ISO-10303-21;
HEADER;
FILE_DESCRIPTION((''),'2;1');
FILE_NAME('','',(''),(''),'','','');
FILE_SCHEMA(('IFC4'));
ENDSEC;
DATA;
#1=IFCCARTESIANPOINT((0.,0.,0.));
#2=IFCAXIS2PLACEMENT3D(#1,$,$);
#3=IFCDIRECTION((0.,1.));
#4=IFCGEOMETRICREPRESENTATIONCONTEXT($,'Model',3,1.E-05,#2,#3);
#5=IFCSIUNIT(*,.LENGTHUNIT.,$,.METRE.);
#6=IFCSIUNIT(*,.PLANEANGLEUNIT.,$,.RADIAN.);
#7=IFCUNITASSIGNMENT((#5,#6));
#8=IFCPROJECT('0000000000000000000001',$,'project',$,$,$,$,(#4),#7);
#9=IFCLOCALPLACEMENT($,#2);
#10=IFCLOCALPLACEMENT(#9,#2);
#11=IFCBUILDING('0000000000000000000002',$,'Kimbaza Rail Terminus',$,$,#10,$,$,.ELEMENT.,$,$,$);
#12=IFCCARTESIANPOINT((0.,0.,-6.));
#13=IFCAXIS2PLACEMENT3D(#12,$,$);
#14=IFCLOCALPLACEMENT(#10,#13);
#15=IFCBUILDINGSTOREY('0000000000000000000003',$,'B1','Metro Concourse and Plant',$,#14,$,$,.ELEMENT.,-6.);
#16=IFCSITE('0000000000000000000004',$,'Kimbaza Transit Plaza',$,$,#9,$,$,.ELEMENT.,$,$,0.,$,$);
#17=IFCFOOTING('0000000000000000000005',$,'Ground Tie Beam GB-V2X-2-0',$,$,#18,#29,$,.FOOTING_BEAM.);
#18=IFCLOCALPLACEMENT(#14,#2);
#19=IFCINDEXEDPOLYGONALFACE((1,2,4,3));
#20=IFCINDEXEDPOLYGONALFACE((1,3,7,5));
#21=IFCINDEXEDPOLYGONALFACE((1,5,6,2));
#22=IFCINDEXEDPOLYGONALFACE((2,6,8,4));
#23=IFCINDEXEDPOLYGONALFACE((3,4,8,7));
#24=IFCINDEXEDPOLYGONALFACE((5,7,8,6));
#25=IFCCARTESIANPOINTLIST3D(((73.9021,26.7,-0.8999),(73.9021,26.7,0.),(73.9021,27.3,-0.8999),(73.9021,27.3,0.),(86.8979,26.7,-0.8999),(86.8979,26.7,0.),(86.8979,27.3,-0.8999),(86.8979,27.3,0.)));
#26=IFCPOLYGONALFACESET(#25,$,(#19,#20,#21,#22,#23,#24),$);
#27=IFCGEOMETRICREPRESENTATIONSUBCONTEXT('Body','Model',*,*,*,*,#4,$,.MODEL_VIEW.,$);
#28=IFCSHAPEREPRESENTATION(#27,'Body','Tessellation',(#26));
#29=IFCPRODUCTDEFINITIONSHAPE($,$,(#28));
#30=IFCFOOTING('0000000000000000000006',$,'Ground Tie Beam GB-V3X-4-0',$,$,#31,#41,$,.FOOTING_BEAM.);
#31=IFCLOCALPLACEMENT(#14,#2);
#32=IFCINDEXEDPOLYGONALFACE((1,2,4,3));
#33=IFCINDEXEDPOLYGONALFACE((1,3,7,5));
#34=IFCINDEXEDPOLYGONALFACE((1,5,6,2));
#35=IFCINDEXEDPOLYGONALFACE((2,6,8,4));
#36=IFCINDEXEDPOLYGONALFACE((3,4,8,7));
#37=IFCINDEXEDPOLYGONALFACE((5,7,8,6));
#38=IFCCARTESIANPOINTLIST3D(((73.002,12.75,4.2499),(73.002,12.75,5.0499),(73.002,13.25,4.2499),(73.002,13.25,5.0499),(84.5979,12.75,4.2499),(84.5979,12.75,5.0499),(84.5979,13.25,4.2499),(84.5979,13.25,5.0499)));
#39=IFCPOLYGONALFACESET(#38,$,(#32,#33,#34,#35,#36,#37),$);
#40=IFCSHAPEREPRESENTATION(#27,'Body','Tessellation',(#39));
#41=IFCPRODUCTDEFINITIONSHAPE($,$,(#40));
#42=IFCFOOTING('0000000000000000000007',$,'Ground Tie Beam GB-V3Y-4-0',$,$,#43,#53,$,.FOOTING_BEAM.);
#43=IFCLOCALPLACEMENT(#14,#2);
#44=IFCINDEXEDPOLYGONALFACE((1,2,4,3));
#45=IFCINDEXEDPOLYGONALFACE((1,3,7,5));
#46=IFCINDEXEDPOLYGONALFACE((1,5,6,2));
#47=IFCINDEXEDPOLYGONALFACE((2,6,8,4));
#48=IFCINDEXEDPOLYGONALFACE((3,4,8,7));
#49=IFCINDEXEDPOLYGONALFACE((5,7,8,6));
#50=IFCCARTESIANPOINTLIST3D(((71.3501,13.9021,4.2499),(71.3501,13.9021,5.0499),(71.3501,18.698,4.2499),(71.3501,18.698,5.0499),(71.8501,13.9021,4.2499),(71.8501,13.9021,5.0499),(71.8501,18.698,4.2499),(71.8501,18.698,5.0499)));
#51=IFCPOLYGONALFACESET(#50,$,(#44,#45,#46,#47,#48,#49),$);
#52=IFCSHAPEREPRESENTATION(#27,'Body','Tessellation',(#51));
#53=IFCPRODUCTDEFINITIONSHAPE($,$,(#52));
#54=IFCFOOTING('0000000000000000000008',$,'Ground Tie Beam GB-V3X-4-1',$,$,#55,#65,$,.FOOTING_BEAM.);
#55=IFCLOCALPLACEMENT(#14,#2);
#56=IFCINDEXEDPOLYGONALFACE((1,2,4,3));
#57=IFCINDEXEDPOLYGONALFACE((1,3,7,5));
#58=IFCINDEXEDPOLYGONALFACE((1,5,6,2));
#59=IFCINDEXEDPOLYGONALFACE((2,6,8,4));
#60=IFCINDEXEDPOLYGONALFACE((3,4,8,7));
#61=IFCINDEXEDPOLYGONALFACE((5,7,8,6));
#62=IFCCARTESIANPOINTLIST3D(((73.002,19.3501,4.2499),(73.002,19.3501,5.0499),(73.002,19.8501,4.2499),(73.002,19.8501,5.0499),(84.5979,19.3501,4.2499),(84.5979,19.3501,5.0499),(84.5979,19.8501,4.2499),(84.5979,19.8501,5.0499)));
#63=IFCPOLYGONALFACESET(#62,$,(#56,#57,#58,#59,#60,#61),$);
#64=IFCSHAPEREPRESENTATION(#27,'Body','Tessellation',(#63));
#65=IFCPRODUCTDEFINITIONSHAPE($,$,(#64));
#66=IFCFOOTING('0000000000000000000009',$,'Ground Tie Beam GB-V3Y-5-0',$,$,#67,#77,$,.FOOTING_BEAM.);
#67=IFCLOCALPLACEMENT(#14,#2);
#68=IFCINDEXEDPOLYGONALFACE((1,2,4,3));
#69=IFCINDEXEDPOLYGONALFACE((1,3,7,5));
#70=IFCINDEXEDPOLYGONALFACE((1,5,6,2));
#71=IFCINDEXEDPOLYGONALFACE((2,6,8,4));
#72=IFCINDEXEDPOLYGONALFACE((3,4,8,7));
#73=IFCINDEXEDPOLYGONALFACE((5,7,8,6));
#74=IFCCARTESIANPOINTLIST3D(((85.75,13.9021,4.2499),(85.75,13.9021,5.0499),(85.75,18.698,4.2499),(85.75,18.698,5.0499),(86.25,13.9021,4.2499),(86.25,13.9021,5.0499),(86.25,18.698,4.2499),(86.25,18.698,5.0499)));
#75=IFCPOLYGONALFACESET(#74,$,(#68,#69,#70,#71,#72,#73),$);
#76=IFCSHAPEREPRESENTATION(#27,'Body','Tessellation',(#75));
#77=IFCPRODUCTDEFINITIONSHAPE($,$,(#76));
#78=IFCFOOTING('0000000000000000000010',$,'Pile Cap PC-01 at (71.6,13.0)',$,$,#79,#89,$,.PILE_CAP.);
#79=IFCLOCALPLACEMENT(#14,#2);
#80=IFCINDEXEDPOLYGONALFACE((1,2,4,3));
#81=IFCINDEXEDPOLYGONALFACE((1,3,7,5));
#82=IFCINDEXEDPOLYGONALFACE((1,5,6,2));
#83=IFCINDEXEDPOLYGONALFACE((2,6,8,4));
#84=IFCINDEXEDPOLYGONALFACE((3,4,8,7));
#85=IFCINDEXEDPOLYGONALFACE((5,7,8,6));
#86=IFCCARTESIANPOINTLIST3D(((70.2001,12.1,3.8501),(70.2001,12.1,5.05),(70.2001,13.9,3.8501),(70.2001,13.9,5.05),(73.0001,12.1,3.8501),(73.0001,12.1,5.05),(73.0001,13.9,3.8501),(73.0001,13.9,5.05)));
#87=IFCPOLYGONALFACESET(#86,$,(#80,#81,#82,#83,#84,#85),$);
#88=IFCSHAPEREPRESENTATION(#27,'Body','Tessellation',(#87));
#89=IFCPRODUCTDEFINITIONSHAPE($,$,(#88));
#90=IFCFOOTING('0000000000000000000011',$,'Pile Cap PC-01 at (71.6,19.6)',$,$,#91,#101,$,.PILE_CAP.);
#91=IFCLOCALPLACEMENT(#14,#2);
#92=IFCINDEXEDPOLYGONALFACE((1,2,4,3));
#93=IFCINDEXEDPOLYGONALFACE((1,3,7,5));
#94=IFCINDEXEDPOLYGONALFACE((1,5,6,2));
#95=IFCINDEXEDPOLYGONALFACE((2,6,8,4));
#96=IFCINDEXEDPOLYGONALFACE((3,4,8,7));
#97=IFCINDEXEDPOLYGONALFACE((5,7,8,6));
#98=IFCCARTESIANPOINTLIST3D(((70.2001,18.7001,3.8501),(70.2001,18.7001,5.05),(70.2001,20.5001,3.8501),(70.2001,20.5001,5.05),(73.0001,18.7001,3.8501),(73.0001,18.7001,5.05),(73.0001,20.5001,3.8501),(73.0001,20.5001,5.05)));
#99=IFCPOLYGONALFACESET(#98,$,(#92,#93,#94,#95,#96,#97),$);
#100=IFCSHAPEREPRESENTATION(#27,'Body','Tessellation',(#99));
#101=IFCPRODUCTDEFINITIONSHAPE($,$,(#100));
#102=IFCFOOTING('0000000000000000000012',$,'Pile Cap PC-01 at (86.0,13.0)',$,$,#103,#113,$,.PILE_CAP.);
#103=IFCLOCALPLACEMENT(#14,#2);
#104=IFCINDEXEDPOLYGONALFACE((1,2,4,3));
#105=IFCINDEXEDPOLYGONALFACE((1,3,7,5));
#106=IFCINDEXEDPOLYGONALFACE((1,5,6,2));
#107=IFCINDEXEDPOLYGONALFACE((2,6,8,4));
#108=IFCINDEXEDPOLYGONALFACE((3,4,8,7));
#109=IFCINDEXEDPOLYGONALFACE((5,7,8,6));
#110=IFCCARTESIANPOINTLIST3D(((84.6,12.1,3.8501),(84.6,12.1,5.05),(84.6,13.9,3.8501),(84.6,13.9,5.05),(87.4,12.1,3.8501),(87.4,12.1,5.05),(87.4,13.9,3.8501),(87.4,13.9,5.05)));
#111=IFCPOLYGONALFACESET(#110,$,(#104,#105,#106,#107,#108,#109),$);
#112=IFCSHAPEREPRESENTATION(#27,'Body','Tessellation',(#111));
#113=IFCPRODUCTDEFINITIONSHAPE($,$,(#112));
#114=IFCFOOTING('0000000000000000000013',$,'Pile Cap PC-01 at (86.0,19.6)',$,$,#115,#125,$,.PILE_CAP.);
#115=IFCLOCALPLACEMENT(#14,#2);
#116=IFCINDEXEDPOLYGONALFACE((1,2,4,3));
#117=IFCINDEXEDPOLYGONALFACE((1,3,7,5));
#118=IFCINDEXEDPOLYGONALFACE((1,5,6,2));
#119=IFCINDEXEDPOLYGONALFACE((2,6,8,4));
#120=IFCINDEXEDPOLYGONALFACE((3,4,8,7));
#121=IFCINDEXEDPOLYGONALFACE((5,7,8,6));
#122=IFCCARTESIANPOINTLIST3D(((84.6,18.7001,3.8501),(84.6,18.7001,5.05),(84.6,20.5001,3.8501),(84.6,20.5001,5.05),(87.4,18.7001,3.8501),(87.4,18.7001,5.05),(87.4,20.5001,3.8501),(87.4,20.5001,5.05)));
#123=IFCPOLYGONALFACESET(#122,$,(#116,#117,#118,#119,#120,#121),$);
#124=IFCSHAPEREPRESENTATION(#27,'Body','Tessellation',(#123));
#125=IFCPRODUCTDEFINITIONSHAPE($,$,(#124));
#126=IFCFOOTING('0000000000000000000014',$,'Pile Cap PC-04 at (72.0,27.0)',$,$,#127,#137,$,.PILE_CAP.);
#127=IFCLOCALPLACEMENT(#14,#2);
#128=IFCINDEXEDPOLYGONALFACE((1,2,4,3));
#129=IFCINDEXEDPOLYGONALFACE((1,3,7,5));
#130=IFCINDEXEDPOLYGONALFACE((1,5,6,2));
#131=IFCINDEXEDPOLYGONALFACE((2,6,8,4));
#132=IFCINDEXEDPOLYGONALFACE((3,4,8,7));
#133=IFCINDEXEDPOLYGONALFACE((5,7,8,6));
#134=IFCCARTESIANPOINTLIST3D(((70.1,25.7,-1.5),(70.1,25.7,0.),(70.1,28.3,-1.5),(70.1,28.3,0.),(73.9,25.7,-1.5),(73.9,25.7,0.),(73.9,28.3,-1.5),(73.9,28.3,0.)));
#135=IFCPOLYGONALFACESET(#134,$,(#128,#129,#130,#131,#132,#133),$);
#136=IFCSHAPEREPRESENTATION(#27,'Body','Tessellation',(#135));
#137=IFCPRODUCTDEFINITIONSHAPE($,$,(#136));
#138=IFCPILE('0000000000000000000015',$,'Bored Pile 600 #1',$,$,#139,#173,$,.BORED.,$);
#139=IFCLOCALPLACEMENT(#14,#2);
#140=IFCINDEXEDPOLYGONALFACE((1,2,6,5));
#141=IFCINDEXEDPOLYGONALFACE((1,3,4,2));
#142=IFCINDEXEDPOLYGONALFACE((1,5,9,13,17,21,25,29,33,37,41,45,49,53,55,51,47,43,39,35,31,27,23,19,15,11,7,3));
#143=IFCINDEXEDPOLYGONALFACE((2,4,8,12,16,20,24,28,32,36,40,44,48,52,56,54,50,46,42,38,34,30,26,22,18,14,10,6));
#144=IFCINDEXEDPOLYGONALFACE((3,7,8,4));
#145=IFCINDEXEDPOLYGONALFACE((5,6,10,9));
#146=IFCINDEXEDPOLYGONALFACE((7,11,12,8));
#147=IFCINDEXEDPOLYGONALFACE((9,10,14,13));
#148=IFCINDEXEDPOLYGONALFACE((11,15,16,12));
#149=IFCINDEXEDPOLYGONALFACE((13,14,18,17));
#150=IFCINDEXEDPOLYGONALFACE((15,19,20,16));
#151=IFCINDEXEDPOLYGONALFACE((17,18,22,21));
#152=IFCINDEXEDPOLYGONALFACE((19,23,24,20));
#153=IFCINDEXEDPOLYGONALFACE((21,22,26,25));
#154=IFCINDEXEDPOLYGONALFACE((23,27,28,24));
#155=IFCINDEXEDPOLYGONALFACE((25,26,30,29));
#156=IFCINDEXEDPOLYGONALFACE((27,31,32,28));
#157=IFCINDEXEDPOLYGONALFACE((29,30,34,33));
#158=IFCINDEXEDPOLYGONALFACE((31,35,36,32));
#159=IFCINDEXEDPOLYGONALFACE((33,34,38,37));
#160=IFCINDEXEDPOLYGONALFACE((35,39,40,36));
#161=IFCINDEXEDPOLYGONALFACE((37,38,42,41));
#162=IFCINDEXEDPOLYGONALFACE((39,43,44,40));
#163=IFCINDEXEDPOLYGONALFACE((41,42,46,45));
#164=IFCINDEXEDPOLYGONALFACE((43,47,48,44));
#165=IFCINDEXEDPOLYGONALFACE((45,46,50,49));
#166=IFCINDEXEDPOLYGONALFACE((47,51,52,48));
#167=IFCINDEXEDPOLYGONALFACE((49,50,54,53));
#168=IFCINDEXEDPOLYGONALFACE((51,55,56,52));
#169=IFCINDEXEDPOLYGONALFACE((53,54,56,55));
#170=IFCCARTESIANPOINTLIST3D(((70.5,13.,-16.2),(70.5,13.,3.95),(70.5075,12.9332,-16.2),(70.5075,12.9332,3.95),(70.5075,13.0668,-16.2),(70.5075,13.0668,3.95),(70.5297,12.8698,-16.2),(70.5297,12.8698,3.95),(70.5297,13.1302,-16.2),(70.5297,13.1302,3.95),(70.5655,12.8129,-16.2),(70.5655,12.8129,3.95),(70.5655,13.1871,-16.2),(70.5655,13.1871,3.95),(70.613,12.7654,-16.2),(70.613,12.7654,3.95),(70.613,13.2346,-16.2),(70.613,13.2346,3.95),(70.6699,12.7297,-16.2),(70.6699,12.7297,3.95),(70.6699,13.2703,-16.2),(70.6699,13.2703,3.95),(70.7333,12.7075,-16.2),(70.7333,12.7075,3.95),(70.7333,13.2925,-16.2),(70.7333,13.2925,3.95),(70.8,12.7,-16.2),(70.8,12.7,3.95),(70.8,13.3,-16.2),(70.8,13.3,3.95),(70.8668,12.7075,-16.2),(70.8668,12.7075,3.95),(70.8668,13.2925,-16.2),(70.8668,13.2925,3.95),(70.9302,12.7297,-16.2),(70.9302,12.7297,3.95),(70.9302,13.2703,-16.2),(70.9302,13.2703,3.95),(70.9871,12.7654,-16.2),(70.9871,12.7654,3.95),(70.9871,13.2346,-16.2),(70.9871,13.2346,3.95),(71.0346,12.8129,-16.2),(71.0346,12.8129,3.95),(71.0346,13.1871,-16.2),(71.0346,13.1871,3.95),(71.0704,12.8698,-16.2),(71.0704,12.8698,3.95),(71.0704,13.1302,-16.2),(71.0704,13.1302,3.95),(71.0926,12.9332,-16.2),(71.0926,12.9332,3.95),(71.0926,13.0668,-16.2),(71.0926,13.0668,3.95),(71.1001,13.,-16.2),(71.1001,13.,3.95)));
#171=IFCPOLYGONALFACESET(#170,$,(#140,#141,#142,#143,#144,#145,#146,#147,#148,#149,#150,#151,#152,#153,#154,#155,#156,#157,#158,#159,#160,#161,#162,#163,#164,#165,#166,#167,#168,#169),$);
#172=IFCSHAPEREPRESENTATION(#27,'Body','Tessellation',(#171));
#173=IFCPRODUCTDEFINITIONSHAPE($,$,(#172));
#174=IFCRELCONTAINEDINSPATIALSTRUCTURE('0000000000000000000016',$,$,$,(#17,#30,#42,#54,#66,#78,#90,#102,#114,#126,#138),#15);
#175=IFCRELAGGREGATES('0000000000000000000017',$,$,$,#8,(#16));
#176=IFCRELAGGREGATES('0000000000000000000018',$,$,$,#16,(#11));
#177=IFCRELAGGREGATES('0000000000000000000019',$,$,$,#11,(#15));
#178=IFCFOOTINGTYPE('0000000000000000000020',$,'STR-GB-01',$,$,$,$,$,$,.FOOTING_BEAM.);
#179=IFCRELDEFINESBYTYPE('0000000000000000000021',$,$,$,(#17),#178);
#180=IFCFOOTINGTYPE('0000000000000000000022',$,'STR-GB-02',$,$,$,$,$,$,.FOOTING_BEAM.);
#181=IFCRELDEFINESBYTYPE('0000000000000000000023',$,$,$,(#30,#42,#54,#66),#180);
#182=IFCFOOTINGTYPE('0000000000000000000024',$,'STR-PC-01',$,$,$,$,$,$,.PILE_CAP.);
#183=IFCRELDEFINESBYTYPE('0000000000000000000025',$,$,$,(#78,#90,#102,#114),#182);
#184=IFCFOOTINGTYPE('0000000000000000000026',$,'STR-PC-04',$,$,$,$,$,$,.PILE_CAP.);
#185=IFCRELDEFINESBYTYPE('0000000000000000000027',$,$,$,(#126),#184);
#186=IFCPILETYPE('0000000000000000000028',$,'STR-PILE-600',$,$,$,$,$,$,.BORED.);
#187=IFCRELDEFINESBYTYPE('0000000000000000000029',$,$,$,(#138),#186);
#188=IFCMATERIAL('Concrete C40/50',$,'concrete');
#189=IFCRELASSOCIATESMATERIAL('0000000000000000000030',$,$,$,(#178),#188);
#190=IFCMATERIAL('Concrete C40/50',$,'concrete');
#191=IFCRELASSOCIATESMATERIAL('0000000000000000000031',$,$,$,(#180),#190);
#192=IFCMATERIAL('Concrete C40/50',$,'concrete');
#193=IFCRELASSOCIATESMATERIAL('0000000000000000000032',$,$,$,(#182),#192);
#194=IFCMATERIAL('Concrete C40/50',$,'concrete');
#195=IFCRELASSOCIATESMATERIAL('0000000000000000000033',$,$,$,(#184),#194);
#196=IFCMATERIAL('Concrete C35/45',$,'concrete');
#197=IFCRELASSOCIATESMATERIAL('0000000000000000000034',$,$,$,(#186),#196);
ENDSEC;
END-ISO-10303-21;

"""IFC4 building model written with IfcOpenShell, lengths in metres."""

from ifc_helpers import new_model, si_unit, direction, frame, origin, origin_2d, place, context, subcontext, project, spatial, rectangle, circle, extrude, material, material_profile, profile_set, type_object, element, save


model = new_model("IFC4")

# Units and contexts
model_context = context("Model", 3, precision=1e-05, world=origin(), true_north=direction((0.0, 1.0)))
body_context = subcontext(model_context, "Body", "Model", "MODEL_VIEW")
ifc_project = project(units=[si_unit("LENGTHUNIT", "METRE"), si_unit("PLANEANGLEUNIT", "RADIAN")], contexts=[model_context])

# Site, building, storey
site_placement = place(None, origin())
site = spatial("IfcSite", under=ifc_project, at=site_placement, Name="Kimbaza Transit Plaza", CompositionType="ELEMENT", RefElevation=0.0)
building_placement = place(site_placement, origin())
building = spatial("IfcBuilding", under=site, at=building_placement, Name="Kimbaza Rail Terminus", CompositionType="ELEMENT")
storey_placement = place(building_placement, frame((0.0, 0.0, -6.0)))
storey = spatial("IfcBuildingStorey", under=building, at=storey_placement, Name="B1", Description="Metro Concourse and Plant", CompositionType="ELEMENT", Elevation=-6.0)

# Footings
ifc_material_1 = material(Name="Concrete C40/50", Category="concrete")
ifc_material_profile_1 = material_profile(ifc_material_1, rectangle(XDim=0.6001, YDim=0.8999, at=origin_2d()), Name="GB-01 600x900")
ifc_profile_set_1 = profile_set([ifc_material_profile_1], Name="Concrete C40/50")
footing_type_1 = type_object("IfcFootingType", Name="STR-GB-01", PredefinedType="FOOTING_BEAM", material=ifc_profile_set_1)
footing_1_placement = place(storey_placement, frame((73.9021, 27.0, -0.45), z_axis=(1.0, 0.0, 0.0), x_axis=(0.0, 1.0, 0.0)))
element("IfcFooting", 1, at=footing_1_placement, inside=storey, type_object=footing_type_1, Name="Ground Tie Beam GB-V2X-2-0", PredefinedType="FOOTING_BEAM", context=body_context, shape_type="SweptSolid", body=[
    extrude(rectangle(XDim=0.6001, YDim=0.8999, at=origin_2d()), origin(), (0.0, 0.0, 1.0), 12.9958),
])
ifc_material_2 = material(Name="Concrete C40/50", Category="concrete")
ifc_material_profile_2 = material_profile(ifc_material_2, rectangle(XDim=0.5, YDim=0.8, at=origin_2d()), Name="GB-02 500x800")
ifc_profile_set_2 = profile_set([ifc_material_profile_2], Name="Concrete C40/50")
footing_type_2 = type_object("IfcFootingType", Name="STR-GB-02", PredefinedType="FOOTING_BEAM", material=ifc_profile_set_2)
footing_2_placement = place(storey_placement, frame((73.002, 13.0, 4.6499), z_axis=(1.0, 0.0, 0.0), x_axis=(0.0, 1.0, 0.0)))
element("IfcFooting", 2, at=footing_2_placement, inside=storey, type_object=footing_type_2, Name="Ground Tie Beam GB-V3X-4-0", PredefinedType="FOOTING_BEAM", context=body_context, shape_type="SweptSolid", body=[
    extrude(rectangle(XDim=0.5, YDim=0.8, at=origin_2d()), origin(), (0.0, 0.0, 1.0), 11.5959),
])
footing_3_placement = place(storey_placement, frame((71.6001, 13.9021, 4.6499), z_axis=(0.0, 1.0, 0.0), x_axis=(-1.0, 0.0, 0.0)))
element("IfcFooting", 3, at=footing_3_placement, inside=storey, type_object=footing_type_2, Name="Ground Tie Beam GB-V3Y-4-0", PredefinedType="FOOTING_BEAM", context=body_context, shape_type="SweptSolid", body=[
    extrude(rectangle(XDim=0.5, YDim=0.8, at=origin_2d()), origin(), (0.0, 0.0, 1.0), 4.7959),
])
footing_4_placement = place(storey_placement, frame((73.002, 19.6001, 4.6499), z_axis=(1.0, 0.0, 0.0), x_axis=(0.0, 1.0, 0.0)))
element("IfcFooting", 4, at=footing_4_placement, inside=storey, type_object=footing_type_2, Name="Ground Tie Beam GB-V3X-4-1", PredefinedType="FOOTING_BEAM", context=body_context, shape_type="SweptSolid", body=[
    extrude(rectangle(XDim=0.5, YDim=0.8, at=origin_2d()), origin(), (0.0, 0.0, 1.0), 11.5959),
])
footing_5_placement = place(storey_placement, frame((86.0, 13.9021, 4.6499), z_axis=(0.0, 1.0, 0.0), x_axis=(-1.0, 0.0, 0.0)))
element("IfcFooting", 5, at=footing_5_placement, inside=storey, type_object=footing_type_2, Name="Ground Tie Beam GB-V3Y-5-0", PredefinedType="FOOTING_BEAM", context=body_context, shape_type="SweptSolid", body=[
    extrude(rectangle(XDim=0.5, YDim=0.8, at=origin_2d()), origin(), (0.0, 0.0, 1.0), 4.7959),
])
ifc_material_3 = material(Name="Concrete C40/50", Category="concrete")
footing_type_3 = type_object("IfcFootingType", Name="STR-PC-01", PredefinedType="PILE_CAP", material=ifc_material_3)
for number, where, z_axis, x_axis, name in (
    (6, (71.6001, 13.0, 3.8501), (0.0, 0.0, 1.0), (1.0, 0.0, 0.0), "Pile Cap PC-01 at (71.6,13.0)"),
    (7, (71.6001, 19.6001, 3.8501), (0.0, 0.0, 1.0), (1.0, 0.0, 0.0), "Pile Cap PC-01 at (71.6,19.6)"),
    (8, (86.0, 13.0, 3.8501), (0.0, 0.0, 1.0), (1.0, 0.0, 0.0), "Pile Cap PC-01 at (86.0,13.0)"),
    (9, (86.0, 19.6001, 3.8501), (0.0, 0.0, 1.0), (1.0, 0.0, 0.0), "Pile Cap PC-01 at (86.0,19.6)"),
):
    element("IfcFooting", number, at=place(storey_placement, frame(where, z_axis=z_axis, x_axis=x_axis)), inside=storey, type_object=footing_type_3, Name=name, PredefinedType="PILE_CAP", context=body_context, shape_type="SweptSolid", body=[
        extrude(rectangle(XDim=2.8, YDim=1.8, at=origin_2d()), origin(), (0.0, 0.0, 1.0), 1.2),
    ])
ifc_material_4 = material(Name="Concrete C40/50", Category="concrete")
footing_type_4 = type_object("IfcFootingType", Name="STR-PC-04", PredefinedType="PILE_CAP", material=ifc_material_4)
footing_6_placement = place(storey_placement, frame((72.0, 27.0, -1.5), z_axis=(0.0, 0.0, 1.0), x_axis=(1.0, 0.0, 0.0)))
element("IfcFooting", 10, at=footing_6_placement, inside=storey, type_object=footing_type_4, Name="Pile Cap PC-04 at (72.0,27.0)", PredefinedType="PILE_CAP", context=body_context, shape_type="SweptSolid", body=[
    extrude(rectangle(XDim=3.8, YDim=2.6001, at=origin_2d()), origin(), (0.0, 0.0, 1.0), 1.5),
])

# Pile
ifc_material_5 = material(Name="Concrete C35/45", Category="concrete")
ifc_material_profile_3 = material_profile(ifc_material_5, circle(Radius=0.3, at=origin_2d()), Name="BORED PILE 600")
ifc_profile_set_3 = profile_set([ifc_material_profile_3], Name="Concrete C35/45")
pile_type_1 = type_object("IfcPileType", Name="STR-PILE-600", PredefinedType="BORED", material=ifc_profile_set_3)
for number, where, z_axis, x_axis, name in (
    (11, (70.8, 13.0, 3.95), (0.0, 0.0, -1.0), (1.0, 0.0, 0.0), "Bored Pile 600 #1"),
):
    element("IfcPile", number, at=place(storey_placement, frame(where, z_axis=z_axis, x_axis=x_axis)), inside=storey, type_object=pile_type_1, Name=name, PredefinedType="BORED", context=body_context, shape_type="SweptSolid", body=[
        extrude(circle(Radius=0.3, at=origin_2d()), origin(), (0.0, 0.0, 1.0), 20.1499),
    ])

save(model, "model.ifc")
